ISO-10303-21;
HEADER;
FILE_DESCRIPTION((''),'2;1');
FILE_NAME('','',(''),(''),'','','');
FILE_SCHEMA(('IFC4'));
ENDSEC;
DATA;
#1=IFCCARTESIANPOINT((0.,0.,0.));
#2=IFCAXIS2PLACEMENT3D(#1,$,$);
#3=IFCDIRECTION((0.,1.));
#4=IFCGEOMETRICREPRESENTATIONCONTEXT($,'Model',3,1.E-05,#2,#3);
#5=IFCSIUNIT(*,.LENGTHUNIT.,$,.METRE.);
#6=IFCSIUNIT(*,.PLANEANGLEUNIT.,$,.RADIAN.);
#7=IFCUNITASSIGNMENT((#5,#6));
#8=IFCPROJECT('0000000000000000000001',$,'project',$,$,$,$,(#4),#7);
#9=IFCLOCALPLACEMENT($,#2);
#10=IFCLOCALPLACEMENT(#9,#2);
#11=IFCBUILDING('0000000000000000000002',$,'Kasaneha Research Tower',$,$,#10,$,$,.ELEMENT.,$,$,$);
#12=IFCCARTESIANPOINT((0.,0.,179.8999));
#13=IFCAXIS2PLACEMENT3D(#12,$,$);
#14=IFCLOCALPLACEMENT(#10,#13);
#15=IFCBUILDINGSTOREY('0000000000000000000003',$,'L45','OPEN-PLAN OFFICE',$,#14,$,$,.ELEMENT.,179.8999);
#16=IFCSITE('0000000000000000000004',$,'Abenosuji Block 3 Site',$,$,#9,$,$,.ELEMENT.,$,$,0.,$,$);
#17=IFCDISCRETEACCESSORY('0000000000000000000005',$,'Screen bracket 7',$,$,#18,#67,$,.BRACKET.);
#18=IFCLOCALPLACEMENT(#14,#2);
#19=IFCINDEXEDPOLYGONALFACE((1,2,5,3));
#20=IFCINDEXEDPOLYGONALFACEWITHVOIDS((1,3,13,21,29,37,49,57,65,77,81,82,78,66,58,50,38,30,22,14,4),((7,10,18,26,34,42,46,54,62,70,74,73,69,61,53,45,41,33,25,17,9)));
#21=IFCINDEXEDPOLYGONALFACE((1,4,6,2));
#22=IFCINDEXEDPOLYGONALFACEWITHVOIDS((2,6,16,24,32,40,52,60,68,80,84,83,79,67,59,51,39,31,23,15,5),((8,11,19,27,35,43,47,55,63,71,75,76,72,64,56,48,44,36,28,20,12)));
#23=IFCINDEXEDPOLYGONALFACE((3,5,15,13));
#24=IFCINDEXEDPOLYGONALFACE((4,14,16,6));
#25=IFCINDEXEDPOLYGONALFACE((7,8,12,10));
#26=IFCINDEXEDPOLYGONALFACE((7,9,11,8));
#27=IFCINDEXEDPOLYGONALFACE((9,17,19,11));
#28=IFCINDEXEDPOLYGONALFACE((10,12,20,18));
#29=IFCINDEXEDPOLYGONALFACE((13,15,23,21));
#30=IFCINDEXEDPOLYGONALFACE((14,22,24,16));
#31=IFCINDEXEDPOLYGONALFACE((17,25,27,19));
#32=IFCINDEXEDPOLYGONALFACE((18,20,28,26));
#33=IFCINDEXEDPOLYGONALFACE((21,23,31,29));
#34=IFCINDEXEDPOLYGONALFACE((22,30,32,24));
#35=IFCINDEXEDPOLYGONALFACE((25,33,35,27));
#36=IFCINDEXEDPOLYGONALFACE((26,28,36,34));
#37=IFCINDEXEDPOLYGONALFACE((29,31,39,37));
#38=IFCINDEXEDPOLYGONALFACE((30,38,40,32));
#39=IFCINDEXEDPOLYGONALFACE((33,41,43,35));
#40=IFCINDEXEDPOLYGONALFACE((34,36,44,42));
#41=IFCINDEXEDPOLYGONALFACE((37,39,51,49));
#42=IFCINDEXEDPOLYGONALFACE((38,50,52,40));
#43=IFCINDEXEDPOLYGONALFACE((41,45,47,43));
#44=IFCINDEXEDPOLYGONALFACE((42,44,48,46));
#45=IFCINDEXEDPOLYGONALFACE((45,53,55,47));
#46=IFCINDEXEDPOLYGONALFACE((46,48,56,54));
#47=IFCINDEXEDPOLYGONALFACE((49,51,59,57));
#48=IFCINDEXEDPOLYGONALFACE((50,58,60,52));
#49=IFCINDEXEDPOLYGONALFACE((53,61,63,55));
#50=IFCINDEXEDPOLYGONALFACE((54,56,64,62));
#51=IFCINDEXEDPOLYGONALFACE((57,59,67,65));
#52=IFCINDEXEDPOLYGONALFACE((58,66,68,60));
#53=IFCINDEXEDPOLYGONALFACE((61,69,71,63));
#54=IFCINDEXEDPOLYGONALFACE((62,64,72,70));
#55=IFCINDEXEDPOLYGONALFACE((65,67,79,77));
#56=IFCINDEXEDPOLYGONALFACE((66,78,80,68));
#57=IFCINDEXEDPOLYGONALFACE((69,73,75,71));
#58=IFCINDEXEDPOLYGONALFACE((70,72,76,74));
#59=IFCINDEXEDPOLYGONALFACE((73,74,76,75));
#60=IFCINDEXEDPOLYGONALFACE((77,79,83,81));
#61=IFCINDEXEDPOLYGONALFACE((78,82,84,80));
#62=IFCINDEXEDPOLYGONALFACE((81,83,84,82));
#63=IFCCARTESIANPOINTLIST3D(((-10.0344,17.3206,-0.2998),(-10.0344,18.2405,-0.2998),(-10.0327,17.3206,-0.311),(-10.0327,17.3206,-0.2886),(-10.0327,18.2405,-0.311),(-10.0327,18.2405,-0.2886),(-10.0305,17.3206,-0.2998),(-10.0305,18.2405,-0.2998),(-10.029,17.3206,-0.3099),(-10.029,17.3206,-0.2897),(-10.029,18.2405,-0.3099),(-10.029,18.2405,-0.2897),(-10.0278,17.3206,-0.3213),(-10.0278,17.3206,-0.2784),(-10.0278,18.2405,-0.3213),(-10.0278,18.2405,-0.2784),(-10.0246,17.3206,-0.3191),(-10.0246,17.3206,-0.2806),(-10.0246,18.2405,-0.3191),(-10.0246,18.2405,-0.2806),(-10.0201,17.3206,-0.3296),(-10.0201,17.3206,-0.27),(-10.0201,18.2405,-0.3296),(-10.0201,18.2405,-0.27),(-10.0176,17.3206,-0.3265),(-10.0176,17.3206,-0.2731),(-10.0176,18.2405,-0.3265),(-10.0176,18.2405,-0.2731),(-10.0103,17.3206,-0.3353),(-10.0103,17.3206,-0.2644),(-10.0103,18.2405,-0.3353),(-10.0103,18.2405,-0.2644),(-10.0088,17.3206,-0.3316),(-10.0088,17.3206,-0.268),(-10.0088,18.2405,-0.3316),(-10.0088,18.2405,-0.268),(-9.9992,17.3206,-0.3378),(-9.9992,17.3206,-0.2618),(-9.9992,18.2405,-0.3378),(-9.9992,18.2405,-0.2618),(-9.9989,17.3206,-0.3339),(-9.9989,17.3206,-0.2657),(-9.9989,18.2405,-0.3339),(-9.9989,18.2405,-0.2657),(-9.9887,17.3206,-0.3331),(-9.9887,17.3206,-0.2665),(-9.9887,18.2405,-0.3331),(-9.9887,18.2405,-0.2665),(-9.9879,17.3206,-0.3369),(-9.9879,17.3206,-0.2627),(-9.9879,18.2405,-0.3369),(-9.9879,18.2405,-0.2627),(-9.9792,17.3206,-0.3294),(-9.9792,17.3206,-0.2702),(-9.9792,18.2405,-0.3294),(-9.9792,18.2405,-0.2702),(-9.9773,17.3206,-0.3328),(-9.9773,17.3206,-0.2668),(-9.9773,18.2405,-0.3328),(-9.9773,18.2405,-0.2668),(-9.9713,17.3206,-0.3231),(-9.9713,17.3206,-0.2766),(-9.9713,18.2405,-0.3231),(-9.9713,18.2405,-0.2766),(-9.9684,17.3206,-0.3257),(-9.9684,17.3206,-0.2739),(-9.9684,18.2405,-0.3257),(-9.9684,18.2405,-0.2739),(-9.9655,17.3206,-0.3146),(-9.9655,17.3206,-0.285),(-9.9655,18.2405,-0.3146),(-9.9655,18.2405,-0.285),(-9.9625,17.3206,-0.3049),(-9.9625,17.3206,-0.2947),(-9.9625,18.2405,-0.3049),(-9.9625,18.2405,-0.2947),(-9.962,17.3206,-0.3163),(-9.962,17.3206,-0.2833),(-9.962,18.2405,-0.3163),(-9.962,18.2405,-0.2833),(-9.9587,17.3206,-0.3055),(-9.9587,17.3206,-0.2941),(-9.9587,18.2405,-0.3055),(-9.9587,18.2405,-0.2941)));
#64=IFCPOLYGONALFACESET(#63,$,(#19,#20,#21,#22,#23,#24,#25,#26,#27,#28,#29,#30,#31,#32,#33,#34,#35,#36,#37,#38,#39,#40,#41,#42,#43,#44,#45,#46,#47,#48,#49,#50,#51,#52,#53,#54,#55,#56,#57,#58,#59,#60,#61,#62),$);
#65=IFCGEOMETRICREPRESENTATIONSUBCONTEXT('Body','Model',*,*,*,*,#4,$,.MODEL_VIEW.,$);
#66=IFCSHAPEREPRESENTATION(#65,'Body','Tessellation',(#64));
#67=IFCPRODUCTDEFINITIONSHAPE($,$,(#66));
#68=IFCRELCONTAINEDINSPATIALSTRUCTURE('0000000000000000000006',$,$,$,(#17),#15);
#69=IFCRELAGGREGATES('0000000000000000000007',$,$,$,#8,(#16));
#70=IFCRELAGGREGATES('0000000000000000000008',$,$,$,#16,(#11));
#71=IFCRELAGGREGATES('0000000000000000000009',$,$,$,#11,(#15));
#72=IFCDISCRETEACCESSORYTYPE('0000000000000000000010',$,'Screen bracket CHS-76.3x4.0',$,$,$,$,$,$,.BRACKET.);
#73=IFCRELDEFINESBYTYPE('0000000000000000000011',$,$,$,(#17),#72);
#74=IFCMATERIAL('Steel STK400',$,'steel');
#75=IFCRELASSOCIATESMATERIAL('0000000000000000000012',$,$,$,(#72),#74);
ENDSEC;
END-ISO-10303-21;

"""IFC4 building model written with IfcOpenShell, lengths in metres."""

from ifc_helpers import new_model, si_unit, direction, frame, origin, origin_2d, place, context, subcontext, project, spatial, hollow_circle, extrude, material, material_profile, profile_set, type_object, element, save


model = new_model("IFC4")

# Units and contexts
model_context = context("Model", 3, precision=1e-05, world=origin(), true_north=direction((0.0, 1.0)))
body_context = subcontext(model_context, "Body", "Model", "MODEL_VIEW")
ifc_project = project(units=[si_unit("LENGTHUNIT", "METRE"), si_unit("PLANEANGLEUNIT", "RADIAN")], contexts=[model_context])

# Site, building, storey
site_placement = place(None, origin())
site = spatial("IfcSite", under=ifc_project, at=site_placement, Name="Abenosuji Block 3 Site", CompositionType="ELEMENT", RefElevation=0.0)
building_placement = place(site_placement, origin())
building = spatial("IfcBuilding", under=site, at=building_placement, Name="Kasaneha Research Tower", CompositionType="ELEMENT")
storey_placement = place(building_placement, frame((0.0, 0.0, 179.8999)))
storey = spatial("IfcBuildingStorey", under=building, at=storey_placement, Name="L45", Description="OPEN-PLAN OFFICE", CompositionType="ELEMENT", Elevation=179.8999)

# Discrete accessory
ifc_material_1 = material(Name="Steel STK400", Category="steel")
ifc_material_profile_1 = material_profile(ifc_material_1, hollow_circle(Radius=0.0381, WallThickness=0.0039, at=origin_2d()), Name="CHS-76.3x4.0")
ifc_profile_set_1 = profile_set([ifc_material_profile_1], Name="Steel STK400")
discrete_accessory_type = type_object("IfcDiscreteAccessoryType", Name="Screen bracket CHS-76.3x4.0", PredefinedType="BRACKET", material=ifc_profile_set_1)
for number, where, z_axis, x_axis, name in (
    (1, (-9.9963, 17.3206, -0.2998), (0.0, 1.0, 0.0), (-1.0, 0.0, 0.0), "Screen bracket 7"),
):
    element("IfcDiscreteAccessory", number, at=place(storey_placement, frame(where, z_axis=z_axis, x_axis=x_axis)), inside=storey, type_object=discrete_accessory_type, Name=name, PredefinedType="BRACKET", context=body_context, shape_type="SweptSolid", body=[
        extrude(hollow_circle(Radius=0.0381, WallThickness=0.0039, at=origin_2d()), origin(), (0.0, 0.0, 1.0), 0.9199),
    ])

save(model, "model.ifc")
